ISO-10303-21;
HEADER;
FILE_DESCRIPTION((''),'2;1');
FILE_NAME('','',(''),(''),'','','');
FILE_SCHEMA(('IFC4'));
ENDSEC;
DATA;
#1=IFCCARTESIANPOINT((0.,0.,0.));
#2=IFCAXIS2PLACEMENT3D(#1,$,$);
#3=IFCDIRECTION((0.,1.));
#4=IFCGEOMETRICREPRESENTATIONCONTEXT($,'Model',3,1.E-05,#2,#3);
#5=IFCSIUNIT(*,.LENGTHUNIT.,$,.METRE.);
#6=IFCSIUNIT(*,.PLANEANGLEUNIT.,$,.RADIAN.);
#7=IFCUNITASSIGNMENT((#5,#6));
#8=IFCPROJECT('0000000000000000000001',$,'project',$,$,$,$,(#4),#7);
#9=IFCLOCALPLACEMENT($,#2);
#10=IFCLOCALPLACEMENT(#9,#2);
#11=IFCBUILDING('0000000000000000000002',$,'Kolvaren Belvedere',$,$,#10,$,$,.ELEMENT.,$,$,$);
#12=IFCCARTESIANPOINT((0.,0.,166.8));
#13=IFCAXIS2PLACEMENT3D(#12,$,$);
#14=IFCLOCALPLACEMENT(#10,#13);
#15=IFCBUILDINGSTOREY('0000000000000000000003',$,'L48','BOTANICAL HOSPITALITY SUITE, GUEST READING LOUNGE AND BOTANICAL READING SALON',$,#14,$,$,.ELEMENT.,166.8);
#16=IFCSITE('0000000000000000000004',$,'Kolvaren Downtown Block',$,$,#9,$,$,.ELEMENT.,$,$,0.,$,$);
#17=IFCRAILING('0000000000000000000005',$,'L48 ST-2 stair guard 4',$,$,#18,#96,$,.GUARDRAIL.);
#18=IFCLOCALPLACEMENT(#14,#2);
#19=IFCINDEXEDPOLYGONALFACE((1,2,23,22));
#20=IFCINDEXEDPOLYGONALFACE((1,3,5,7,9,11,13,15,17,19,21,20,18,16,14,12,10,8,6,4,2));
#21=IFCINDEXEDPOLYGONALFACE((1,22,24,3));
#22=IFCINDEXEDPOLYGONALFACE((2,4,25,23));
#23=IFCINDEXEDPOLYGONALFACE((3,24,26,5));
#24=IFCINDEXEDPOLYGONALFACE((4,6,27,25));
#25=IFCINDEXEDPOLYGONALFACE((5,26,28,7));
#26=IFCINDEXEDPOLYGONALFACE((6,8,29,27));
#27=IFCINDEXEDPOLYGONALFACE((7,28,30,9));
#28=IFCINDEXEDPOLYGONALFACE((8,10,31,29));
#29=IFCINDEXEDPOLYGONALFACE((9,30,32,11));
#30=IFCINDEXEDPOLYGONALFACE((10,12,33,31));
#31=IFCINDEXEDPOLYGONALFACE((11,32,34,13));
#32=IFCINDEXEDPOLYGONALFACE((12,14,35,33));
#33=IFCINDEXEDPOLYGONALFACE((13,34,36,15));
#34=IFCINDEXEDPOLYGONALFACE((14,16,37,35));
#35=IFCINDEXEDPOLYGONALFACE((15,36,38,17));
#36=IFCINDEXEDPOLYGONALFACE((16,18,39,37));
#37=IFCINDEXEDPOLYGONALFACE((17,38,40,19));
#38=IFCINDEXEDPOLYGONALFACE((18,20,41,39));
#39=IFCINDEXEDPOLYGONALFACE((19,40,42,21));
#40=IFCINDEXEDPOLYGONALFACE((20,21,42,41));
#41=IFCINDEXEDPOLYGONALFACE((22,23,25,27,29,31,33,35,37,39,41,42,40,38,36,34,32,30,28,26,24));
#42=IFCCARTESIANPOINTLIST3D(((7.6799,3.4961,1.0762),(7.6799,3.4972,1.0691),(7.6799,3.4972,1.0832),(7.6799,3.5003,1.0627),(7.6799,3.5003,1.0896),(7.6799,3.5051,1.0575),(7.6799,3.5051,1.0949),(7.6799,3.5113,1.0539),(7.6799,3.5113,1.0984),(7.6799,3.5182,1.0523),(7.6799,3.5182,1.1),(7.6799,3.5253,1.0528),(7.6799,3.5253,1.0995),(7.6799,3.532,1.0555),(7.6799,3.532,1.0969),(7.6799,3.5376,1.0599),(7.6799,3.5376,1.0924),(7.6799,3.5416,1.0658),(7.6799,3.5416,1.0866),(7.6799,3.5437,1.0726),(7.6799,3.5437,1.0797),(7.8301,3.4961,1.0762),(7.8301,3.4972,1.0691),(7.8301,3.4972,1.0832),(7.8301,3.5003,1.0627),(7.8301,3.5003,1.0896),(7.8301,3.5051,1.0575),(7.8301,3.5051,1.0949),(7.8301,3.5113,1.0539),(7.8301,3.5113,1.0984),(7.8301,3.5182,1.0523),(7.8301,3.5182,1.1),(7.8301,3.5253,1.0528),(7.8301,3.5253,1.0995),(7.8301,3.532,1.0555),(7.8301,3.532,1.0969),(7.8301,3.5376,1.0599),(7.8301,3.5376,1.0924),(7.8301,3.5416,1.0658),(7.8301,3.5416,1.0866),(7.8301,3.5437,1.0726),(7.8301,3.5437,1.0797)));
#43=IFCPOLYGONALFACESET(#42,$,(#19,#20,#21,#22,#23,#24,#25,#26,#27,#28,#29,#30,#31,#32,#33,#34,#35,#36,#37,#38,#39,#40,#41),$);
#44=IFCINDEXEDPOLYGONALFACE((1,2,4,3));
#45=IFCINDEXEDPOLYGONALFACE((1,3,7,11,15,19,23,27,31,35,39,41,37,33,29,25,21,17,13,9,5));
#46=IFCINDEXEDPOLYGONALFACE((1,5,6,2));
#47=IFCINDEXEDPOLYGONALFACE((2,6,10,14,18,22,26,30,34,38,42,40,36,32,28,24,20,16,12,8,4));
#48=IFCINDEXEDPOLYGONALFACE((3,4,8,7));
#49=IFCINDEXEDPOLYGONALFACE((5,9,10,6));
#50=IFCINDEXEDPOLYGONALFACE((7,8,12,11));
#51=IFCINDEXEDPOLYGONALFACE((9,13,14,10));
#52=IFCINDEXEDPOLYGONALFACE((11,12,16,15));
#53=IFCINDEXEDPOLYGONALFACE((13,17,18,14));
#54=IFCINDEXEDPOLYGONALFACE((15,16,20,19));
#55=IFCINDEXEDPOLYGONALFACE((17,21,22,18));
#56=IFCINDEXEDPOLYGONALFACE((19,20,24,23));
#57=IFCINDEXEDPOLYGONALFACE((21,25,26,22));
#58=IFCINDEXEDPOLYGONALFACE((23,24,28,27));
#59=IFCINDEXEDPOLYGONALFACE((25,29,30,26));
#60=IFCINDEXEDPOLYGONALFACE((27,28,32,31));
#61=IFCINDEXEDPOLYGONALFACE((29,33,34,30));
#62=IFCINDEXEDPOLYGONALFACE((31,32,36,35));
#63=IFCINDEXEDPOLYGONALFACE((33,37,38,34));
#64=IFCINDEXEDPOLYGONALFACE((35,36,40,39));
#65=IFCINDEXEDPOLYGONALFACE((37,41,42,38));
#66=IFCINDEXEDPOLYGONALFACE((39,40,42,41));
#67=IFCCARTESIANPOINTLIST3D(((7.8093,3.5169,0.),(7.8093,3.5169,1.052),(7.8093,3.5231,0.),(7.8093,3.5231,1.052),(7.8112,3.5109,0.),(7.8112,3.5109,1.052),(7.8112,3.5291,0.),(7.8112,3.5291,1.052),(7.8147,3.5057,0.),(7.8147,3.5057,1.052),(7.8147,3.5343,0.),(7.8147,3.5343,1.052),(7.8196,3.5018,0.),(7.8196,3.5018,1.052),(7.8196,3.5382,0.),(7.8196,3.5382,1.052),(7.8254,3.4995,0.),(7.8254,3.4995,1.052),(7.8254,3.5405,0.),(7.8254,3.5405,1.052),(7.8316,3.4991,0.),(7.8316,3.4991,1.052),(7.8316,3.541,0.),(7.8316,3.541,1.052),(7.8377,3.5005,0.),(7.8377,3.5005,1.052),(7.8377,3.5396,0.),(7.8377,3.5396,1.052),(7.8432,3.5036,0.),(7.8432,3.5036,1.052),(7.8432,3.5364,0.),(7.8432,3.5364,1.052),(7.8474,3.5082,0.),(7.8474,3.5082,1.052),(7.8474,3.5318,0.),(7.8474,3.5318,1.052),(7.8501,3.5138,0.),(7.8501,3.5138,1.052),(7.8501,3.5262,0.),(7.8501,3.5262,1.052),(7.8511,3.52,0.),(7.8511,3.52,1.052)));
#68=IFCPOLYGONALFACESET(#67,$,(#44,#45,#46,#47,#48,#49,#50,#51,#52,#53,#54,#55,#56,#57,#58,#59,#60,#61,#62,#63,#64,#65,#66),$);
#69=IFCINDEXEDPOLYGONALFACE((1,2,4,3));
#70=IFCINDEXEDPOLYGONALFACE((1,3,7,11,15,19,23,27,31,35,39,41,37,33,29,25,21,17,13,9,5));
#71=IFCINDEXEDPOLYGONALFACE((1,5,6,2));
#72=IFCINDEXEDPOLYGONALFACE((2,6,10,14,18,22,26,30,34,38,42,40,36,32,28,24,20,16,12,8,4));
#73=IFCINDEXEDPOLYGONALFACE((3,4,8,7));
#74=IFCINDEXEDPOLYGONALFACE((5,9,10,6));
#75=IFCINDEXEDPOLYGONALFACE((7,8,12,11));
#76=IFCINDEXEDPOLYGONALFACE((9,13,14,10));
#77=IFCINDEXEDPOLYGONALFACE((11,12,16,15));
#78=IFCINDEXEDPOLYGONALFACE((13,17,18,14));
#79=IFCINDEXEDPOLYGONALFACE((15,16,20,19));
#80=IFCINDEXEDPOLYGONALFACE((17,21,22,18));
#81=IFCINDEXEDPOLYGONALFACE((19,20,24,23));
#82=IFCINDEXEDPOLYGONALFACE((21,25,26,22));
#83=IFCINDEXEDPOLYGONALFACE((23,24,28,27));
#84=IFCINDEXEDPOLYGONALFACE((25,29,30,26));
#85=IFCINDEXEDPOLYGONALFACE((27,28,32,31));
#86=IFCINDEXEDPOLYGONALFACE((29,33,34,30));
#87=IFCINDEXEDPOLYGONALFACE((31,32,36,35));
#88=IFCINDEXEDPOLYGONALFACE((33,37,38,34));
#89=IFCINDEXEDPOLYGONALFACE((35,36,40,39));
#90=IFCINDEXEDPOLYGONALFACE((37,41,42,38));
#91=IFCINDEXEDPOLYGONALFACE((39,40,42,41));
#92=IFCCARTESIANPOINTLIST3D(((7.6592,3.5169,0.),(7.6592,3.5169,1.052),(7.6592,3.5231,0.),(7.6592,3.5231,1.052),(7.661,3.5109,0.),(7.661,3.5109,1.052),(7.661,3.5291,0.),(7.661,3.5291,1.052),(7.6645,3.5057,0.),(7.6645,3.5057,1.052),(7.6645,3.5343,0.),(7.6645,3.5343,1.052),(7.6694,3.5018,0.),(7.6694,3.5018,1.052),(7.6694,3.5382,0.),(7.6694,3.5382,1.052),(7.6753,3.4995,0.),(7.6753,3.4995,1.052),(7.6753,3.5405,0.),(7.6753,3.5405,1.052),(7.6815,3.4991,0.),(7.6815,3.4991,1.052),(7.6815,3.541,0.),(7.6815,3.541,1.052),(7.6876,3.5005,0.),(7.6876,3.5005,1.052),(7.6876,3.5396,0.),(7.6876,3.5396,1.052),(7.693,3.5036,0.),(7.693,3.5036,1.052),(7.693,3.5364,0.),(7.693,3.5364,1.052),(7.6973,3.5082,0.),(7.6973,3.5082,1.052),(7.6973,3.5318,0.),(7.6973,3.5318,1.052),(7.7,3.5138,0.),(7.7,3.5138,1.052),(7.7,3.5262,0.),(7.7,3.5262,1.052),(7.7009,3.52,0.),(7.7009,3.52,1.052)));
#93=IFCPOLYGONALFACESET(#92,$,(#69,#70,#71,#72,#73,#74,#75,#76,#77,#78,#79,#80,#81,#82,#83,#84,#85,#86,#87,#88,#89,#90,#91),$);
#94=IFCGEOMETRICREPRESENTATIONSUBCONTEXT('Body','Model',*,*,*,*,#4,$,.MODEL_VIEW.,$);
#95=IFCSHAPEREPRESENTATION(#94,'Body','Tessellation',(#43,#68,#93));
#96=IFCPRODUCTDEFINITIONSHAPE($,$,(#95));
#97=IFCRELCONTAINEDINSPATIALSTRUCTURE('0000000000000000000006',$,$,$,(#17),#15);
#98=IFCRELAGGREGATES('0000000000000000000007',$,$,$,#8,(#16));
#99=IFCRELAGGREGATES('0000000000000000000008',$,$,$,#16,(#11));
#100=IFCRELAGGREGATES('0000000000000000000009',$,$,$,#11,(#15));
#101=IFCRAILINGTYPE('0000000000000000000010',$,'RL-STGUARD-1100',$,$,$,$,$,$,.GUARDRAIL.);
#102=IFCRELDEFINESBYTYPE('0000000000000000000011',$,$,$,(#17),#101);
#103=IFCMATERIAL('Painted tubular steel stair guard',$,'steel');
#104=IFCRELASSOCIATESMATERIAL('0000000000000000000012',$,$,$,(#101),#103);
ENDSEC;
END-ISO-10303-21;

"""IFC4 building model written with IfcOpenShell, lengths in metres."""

from ifc_helpers import new_model, si_unit, direction, frame, origin, origin_2d, place, context, subcontext, project, spatial, circle, extrude, material, type_object, element, save


model = new_model("IFC4")

# Units and contexts
model_context = context("Model", 3, precision=1e-05, world=origin(), true_north=direction((0.0, 1.0)))
body_context = subcontext(model_context, "Body", "Model", "MODEL_VIEW")
ifc_project = project(units=[si_unit("LENGTHUNIT", "METRE"), si_unit("PLANEANGLEUNIT", "RADIAN")], contexts=[model_context])

# Site, building, storey
site_placement = place(None, origin())
site = spatial("IfcSite", under=ifc_project, at=site_placement, Name="Kolvaren Downtown Block", CompositionType="ELEMENT", RefElevation=0.0)
building_placement = place(site_placement, origin())
building = spatial("IfcBuilding", under=site, at=building_placement, Name="Kolvaren Belvedere", CompositionType="ELEMENT")
storey_placement = place(building_placement, frame((0.0, 0.0, 166.8)))
storey = spatial("IfcBuildingStorey", under=building, at=storey_placement, Name="L48", Description="BOTANICAL HOSPITALITY SUITE, GUEST READING LOUNGE AND BOTANICAL READING SALON", CompositionType="ELEMENT", Elevation=166.8)

# Railing
ifc_material_1 = material(Name="Painted tubular steel stair guard", Category="steel")
railing_type_1 = type_object("IfcRailingType", Name="RL-STGUARD-1100", PredefinedType="GUARDRAIL", material=ifc_material_1)
railing_1_placement = place(storey_placement, frame((7.8301, 3.52, 0.0)))
element("IfcRailing", 1, at=railing_1_placement, inside=storey, type_object=railing_type_1, Name="L48 ST-2 stair guard 4", PredefinedType="GUARDRAIL", context=body_context, shape_type="SweptSolid", body=[
    extrude(circle(Radius=0.0239, at=origin_2d()), frame((0.0, 0.0, 1.0762), z_axis=(-1.0, 0.0, 0.0), x_axis=(0.0, -1.0, 0.0)), (0.0, 0.0, 1.0), 0.1501),
    extrude(circle(Radius=0.021, at=origin_2d()), origin(), (0.0, 0.0, 1.0), 1.052),
    extrude(circle(Radius=0.021, at=origin_2d()), frame((-0.1501, 0.0, 0.0)), (0.0, 0.0, 1.0), 1.052),
])

save(model, "model.ifc")
